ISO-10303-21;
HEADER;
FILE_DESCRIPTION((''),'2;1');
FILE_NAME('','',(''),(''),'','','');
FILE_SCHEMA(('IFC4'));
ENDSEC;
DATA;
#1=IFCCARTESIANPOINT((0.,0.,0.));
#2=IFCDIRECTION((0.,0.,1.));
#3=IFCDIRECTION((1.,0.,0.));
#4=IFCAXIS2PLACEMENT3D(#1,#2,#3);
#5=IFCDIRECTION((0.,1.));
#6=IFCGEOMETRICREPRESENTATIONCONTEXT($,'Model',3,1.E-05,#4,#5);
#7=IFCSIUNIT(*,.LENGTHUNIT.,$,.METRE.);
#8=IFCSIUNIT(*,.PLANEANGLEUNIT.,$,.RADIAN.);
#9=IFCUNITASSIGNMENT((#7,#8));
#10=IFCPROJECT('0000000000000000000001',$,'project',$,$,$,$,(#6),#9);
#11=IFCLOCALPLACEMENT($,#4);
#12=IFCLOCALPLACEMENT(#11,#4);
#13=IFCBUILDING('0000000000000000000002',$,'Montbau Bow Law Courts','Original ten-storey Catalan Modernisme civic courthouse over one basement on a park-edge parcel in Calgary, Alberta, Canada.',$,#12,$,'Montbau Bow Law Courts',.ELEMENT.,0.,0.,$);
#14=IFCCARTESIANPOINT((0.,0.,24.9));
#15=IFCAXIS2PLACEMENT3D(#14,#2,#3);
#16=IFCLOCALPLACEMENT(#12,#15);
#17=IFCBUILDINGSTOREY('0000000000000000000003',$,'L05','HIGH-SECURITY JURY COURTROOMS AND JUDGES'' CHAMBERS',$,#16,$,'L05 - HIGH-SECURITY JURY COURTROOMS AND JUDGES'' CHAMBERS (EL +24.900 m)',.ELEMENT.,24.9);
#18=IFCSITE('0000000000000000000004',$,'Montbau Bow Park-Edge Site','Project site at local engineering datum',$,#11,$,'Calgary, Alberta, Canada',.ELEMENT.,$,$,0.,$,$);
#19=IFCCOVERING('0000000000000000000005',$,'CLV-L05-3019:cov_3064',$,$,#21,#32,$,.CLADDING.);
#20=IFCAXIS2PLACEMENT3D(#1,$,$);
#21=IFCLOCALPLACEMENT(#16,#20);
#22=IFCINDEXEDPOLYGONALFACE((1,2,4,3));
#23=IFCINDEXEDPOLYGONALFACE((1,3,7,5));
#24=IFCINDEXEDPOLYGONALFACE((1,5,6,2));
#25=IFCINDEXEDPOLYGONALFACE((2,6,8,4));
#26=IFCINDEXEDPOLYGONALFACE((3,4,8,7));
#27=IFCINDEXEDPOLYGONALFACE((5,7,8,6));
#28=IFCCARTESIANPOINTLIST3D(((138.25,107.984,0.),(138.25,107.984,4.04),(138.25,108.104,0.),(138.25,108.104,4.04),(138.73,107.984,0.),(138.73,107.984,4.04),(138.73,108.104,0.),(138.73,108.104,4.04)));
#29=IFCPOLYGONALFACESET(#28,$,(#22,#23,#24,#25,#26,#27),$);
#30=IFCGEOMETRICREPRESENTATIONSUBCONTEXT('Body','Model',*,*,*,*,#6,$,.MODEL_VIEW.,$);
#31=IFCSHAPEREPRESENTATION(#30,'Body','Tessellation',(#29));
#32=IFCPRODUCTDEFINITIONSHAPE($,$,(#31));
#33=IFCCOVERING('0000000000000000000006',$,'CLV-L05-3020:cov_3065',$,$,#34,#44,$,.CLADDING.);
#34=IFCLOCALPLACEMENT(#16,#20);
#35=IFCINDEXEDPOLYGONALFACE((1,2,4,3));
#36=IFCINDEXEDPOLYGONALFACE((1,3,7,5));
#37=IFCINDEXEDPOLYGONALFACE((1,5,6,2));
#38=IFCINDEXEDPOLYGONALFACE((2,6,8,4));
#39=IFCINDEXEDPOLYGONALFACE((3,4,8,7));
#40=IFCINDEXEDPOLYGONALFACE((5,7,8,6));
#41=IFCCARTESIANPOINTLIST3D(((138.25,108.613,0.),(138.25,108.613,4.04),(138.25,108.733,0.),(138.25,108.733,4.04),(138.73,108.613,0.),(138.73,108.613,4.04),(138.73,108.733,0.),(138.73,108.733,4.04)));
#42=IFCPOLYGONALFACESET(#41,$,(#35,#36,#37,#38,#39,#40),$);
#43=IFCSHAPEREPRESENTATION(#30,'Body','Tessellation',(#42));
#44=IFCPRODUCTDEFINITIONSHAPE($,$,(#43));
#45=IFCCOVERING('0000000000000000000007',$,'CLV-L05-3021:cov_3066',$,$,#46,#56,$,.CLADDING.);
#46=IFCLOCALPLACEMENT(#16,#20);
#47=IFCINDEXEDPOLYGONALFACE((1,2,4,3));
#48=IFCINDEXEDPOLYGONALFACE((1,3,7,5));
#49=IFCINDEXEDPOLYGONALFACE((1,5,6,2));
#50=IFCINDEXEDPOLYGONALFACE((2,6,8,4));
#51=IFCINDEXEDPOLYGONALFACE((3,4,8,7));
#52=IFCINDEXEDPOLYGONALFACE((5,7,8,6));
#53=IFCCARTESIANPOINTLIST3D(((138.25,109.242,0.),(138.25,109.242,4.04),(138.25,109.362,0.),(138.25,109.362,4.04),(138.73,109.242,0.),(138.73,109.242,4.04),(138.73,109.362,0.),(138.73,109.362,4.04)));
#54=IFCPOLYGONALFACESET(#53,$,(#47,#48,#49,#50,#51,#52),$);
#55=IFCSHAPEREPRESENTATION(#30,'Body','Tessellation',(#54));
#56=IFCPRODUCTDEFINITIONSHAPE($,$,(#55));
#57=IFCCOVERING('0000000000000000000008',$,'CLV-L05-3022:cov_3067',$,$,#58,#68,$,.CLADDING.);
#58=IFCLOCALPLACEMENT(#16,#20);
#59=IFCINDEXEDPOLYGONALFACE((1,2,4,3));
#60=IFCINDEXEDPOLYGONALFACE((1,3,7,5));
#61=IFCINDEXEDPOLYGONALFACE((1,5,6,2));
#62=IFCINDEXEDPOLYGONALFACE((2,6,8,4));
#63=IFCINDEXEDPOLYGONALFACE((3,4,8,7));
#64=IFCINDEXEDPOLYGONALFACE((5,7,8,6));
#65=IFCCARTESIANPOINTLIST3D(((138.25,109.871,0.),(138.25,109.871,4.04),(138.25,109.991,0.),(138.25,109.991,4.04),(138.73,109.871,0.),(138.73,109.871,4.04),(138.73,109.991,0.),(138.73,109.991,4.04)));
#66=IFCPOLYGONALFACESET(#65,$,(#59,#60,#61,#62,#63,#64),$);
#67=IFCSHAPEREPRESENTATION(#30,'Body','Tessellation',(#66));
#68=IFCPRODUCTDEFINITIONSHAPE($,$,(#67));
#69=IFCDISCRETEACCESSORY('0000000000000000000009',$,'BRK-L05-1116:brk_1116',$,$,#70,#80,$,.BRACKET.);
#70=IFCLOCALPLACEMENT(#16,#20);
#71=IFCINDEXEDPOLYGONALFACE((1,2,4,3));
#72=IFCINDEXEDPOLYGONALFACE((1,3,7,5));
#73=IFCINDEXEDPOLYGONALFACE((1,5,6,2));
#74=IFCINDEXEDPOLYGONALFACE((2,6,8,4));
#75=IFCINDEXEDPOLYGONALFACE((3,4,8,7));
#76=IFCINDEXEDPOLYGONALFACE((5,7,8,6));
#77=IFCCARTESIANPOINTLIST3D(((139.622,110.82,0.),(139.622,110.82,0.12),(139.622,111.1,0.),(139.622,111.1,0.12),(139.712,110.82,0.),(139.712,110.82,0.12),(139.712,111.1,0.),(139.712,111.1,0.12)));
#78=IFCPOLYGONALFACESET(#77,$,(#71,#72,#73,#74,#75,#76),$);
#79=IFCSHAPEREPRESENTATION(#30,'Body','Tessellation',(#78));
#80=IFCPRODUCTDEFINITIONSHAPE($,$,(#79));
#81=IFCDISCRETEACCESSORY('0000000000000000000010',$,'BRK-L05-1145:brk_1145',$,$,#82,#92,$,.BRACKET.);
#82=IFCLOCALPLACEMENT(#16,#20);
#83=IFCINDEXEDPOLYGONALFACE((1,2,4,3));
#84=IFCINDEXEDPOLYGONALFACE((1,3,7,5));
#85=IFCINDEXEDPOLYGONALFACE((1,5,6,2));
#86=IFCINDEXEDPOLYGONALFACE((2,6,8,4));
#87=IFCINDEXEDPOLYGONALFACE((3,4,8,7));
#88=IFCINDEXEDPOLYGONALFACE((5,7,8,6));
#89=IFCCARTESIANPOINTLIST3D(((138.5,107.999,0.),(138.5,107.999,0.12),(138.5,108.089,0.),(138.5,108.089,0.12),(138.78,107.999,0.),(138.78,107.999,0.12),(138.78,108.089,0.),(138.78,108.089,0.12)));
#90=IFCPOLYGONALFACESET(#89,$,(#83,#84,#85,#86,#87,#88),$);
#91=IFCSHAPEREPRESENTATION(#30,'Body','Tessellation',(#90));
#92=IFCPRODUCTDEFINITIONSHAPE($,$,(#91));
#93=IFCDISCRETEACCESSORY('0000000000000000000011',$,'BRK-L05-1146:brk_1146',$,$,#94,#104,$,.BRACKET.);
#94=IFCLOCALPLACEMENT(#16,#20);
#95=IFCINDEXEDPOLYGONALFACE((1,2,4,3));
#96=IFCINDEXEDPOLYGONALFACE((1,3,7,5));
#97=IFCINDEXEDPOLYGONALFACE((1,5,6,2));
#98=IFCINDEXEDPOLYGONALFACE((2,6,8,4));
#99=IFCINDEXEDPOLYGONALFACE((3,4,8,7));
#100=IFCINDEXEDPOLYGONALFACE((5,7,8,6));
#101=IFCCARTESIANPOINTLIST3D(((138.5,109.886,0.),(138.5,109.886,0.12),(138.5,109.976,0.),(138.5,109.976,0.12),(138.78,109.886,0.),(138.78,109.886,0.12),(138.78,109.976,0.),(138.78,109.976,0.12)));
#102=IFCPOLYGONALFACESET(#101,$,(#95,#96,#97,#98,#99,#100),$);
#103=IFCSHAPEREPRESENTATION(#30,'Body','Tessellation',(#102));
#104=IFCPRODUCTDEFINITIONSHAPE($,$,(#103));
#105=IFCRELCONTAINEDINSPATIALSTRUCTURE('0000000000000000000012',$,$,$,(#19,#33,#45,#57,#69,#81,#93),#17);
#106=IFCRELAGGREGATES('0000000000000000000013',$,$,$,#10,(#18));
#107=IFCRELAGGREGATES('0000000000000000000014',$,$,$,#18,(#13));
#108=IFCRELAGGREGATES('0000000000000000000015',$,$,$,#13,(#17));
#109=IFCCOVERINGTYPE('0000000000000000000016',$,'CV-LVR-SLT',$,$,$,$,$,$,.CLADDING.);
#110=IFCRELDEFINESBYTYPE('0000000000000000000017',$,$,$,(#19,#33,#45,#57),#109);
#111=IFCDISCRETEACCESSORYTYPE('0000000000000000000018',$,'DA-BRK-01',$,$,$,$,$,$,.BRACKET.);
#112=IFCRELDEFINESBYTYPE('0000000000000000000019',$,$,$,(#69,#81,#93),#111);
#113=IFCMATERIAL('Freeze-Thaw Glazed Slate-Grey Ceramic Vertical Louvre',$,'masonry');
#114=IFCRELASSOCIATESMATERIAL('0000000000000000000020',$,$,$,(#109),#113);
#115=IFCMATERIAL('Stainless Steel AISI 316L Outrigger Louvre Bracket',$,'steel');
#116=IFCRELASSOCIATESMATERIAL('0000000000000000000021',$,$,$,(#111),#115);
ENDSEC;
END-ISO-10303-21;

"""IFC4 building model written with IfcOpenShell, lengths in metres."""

from ifc_helpers import new_model, si_unit, direction, frame, frame_2d, origin_with_axes, origin_2d_with_axis, place, context, subcontext, project, spatial, rectangle, extrude, material, type_object, element, save


model = new_model("IFC4")

# Units and contexts
model_context = context("Model", 3, precision=1e-05, world=origin_with_axes(), true_north=direction((0.0, 1.0)))
body_context = subcontext(model_context, "Body", "Model", "MODEL_VIEW")
ifc_project = project(units=[si_unit("LENGTHUNIT", "METRE"), si_unit("PLANEANGLEUNIT", "RADIAN")], contexts=[model_context])

# Site, building, storey
site_placement = place(None, origin_with_axes())
site = spatial("IfcSite", under=ifc_project, at=site_placement, Name="Montbau Bow Park-Edge Site", Description="Project site at local engineering datum", LongName="Calgary, Alberta, Canada", CompositionType="ELEMENT", RefElevation=0.0)
building_placement = place(site_placement, origin_with_axes())
building = spatial("IfcBuilding", under=site, at=building_placement, Name="Montbau Bow Law Courts", Description="Original ten-storey Catalan Modernisme civic courthouse over one basement on a park-edge parcel in Calgary, Alberta, Canada.", LongName="Montbau Bow Law Courts", CompositionType="ELEMENT", ElevationOfRefHeight=0.0, ElevationOfTerrain=0.0)
storey_placement = place(building_placement, frame((0.0, 0.0, 24.9), z_axis=(0.0, 0.0, 1.0), x_axis=(1.0, 0.0, 0.0)))
storey = spatial("IfcBuildingStorey", under=building, at=storey_placement, Name="L05", Description="HIGH-SECURITY JURY COURTROOMS AND JUDGES' CHAMBERS", LongName="L05 - HIGH-SECURITY JURY COURTROOMS AND JUDGES' CHAMBERS (EL +24.900 m)", CompositionType="ELEMENT", Elevation=24.9)

# Coverings
ifc_material_1 = material(Name="Freeze-Thaw Glazed Slate-Grey Ceramic Vertical Louvre", Category="masonry")
covering_type = type_object("IfcCoveringType", Name="CV-LVR-SLT", PredefinedType="CLADDING", material=ifc_material_1)
for number, where, z_axis, x_axis, name in (
    (1, (138.73, 108.044, 24.9), (0.0, 1.0, 0.0), (-1.0, 0.0, 0.0), "CLV-L05-3019:cov_3064"),
    (2, (138.73, 108.673, 24.9), (0.0, 1.0, 0.0), (-1.0, 0.0, 0.0), "CLV-L05-3020:cov_3065"),
    (3, (138.73, 109.302, 24.9), (0.0, 1.0, 0.0), (-1.0, 0.0, 0.0), "CLV-L05-3021:cov_3066"),
    (4, (138.73, 109.931, 24.9), (0.0, 1.0, 0.0), (-1.0, 0.0, 0.0), "CLV-L05-3022:cov_3067"),
):
    element("IfcCovering", number, at=place(None, frame(where, z_axis=z_axis, x_axis=x_axis)), inside=storey, type_object=covering_type, Name=name, PredefinedType="CLADDING", context=body_context, shape_type="SweptSolid", body=[
        extrude(rectangle(XDim=0.48, YDim=4.04, at=frame_2d((0.24, 2.02), x_axis=(1.0, 0.0))), frame((0.0, 0.0, -0.06), z_axis=(0.0, 0.0, 1.0), x_axis=(1.0, 0.0, 0.0)), (0.0, 0.0, 1.0), 0.12),
    ])

# Discrete accessories
ifc_material_2 = material(Name="Stainless Steel AISI 316L Outrigger Louvre Bracket", Category="steel")
discrete_accessory_type = type_object("IfcDiscreteAccessoryType", Name="DA-BRK-01", PredefinedType="BRACKET", material=ifc_material_2)
for number, where, z_axis, x_axis, name in (
    (5, (139.667, 110.96, 24.9), (0.0, 0.0, 1.0), (0.0, 1.0, 0.0), "BRK-L05-1116:brk_1116"),
    (6, (138.64, 108.044, 24.9), (0.0, 0.0, 1.0), (-1.0, 0.0, 0.0), "BRK-L05-1145:brk_1145"),
    (7, (138.64, 109.931, 24.9), (0.0, 0.0, 1.0), (-1.0, 0.0, 0.0), "BRK-L05-1146:brk_1146"),
):
    element("IfcDiscreteAccessory", number, at=place(None, frame(where, z_axis=z_axis, x_axis=x_axis)), inside=storey, type_object=discrete_accessory_type, Name=name, PredefinedType="BRACKET", context=body_context, shape_type="SweptSolid", body=[
        extrude(rectangle(XDim=0.28, YDim=0.09, at=origin_2d_with_axis()), origin_with_axes(), (0.0, 0.0, 1.0), 0.12),
    ])

save(model, "model.ifc")
